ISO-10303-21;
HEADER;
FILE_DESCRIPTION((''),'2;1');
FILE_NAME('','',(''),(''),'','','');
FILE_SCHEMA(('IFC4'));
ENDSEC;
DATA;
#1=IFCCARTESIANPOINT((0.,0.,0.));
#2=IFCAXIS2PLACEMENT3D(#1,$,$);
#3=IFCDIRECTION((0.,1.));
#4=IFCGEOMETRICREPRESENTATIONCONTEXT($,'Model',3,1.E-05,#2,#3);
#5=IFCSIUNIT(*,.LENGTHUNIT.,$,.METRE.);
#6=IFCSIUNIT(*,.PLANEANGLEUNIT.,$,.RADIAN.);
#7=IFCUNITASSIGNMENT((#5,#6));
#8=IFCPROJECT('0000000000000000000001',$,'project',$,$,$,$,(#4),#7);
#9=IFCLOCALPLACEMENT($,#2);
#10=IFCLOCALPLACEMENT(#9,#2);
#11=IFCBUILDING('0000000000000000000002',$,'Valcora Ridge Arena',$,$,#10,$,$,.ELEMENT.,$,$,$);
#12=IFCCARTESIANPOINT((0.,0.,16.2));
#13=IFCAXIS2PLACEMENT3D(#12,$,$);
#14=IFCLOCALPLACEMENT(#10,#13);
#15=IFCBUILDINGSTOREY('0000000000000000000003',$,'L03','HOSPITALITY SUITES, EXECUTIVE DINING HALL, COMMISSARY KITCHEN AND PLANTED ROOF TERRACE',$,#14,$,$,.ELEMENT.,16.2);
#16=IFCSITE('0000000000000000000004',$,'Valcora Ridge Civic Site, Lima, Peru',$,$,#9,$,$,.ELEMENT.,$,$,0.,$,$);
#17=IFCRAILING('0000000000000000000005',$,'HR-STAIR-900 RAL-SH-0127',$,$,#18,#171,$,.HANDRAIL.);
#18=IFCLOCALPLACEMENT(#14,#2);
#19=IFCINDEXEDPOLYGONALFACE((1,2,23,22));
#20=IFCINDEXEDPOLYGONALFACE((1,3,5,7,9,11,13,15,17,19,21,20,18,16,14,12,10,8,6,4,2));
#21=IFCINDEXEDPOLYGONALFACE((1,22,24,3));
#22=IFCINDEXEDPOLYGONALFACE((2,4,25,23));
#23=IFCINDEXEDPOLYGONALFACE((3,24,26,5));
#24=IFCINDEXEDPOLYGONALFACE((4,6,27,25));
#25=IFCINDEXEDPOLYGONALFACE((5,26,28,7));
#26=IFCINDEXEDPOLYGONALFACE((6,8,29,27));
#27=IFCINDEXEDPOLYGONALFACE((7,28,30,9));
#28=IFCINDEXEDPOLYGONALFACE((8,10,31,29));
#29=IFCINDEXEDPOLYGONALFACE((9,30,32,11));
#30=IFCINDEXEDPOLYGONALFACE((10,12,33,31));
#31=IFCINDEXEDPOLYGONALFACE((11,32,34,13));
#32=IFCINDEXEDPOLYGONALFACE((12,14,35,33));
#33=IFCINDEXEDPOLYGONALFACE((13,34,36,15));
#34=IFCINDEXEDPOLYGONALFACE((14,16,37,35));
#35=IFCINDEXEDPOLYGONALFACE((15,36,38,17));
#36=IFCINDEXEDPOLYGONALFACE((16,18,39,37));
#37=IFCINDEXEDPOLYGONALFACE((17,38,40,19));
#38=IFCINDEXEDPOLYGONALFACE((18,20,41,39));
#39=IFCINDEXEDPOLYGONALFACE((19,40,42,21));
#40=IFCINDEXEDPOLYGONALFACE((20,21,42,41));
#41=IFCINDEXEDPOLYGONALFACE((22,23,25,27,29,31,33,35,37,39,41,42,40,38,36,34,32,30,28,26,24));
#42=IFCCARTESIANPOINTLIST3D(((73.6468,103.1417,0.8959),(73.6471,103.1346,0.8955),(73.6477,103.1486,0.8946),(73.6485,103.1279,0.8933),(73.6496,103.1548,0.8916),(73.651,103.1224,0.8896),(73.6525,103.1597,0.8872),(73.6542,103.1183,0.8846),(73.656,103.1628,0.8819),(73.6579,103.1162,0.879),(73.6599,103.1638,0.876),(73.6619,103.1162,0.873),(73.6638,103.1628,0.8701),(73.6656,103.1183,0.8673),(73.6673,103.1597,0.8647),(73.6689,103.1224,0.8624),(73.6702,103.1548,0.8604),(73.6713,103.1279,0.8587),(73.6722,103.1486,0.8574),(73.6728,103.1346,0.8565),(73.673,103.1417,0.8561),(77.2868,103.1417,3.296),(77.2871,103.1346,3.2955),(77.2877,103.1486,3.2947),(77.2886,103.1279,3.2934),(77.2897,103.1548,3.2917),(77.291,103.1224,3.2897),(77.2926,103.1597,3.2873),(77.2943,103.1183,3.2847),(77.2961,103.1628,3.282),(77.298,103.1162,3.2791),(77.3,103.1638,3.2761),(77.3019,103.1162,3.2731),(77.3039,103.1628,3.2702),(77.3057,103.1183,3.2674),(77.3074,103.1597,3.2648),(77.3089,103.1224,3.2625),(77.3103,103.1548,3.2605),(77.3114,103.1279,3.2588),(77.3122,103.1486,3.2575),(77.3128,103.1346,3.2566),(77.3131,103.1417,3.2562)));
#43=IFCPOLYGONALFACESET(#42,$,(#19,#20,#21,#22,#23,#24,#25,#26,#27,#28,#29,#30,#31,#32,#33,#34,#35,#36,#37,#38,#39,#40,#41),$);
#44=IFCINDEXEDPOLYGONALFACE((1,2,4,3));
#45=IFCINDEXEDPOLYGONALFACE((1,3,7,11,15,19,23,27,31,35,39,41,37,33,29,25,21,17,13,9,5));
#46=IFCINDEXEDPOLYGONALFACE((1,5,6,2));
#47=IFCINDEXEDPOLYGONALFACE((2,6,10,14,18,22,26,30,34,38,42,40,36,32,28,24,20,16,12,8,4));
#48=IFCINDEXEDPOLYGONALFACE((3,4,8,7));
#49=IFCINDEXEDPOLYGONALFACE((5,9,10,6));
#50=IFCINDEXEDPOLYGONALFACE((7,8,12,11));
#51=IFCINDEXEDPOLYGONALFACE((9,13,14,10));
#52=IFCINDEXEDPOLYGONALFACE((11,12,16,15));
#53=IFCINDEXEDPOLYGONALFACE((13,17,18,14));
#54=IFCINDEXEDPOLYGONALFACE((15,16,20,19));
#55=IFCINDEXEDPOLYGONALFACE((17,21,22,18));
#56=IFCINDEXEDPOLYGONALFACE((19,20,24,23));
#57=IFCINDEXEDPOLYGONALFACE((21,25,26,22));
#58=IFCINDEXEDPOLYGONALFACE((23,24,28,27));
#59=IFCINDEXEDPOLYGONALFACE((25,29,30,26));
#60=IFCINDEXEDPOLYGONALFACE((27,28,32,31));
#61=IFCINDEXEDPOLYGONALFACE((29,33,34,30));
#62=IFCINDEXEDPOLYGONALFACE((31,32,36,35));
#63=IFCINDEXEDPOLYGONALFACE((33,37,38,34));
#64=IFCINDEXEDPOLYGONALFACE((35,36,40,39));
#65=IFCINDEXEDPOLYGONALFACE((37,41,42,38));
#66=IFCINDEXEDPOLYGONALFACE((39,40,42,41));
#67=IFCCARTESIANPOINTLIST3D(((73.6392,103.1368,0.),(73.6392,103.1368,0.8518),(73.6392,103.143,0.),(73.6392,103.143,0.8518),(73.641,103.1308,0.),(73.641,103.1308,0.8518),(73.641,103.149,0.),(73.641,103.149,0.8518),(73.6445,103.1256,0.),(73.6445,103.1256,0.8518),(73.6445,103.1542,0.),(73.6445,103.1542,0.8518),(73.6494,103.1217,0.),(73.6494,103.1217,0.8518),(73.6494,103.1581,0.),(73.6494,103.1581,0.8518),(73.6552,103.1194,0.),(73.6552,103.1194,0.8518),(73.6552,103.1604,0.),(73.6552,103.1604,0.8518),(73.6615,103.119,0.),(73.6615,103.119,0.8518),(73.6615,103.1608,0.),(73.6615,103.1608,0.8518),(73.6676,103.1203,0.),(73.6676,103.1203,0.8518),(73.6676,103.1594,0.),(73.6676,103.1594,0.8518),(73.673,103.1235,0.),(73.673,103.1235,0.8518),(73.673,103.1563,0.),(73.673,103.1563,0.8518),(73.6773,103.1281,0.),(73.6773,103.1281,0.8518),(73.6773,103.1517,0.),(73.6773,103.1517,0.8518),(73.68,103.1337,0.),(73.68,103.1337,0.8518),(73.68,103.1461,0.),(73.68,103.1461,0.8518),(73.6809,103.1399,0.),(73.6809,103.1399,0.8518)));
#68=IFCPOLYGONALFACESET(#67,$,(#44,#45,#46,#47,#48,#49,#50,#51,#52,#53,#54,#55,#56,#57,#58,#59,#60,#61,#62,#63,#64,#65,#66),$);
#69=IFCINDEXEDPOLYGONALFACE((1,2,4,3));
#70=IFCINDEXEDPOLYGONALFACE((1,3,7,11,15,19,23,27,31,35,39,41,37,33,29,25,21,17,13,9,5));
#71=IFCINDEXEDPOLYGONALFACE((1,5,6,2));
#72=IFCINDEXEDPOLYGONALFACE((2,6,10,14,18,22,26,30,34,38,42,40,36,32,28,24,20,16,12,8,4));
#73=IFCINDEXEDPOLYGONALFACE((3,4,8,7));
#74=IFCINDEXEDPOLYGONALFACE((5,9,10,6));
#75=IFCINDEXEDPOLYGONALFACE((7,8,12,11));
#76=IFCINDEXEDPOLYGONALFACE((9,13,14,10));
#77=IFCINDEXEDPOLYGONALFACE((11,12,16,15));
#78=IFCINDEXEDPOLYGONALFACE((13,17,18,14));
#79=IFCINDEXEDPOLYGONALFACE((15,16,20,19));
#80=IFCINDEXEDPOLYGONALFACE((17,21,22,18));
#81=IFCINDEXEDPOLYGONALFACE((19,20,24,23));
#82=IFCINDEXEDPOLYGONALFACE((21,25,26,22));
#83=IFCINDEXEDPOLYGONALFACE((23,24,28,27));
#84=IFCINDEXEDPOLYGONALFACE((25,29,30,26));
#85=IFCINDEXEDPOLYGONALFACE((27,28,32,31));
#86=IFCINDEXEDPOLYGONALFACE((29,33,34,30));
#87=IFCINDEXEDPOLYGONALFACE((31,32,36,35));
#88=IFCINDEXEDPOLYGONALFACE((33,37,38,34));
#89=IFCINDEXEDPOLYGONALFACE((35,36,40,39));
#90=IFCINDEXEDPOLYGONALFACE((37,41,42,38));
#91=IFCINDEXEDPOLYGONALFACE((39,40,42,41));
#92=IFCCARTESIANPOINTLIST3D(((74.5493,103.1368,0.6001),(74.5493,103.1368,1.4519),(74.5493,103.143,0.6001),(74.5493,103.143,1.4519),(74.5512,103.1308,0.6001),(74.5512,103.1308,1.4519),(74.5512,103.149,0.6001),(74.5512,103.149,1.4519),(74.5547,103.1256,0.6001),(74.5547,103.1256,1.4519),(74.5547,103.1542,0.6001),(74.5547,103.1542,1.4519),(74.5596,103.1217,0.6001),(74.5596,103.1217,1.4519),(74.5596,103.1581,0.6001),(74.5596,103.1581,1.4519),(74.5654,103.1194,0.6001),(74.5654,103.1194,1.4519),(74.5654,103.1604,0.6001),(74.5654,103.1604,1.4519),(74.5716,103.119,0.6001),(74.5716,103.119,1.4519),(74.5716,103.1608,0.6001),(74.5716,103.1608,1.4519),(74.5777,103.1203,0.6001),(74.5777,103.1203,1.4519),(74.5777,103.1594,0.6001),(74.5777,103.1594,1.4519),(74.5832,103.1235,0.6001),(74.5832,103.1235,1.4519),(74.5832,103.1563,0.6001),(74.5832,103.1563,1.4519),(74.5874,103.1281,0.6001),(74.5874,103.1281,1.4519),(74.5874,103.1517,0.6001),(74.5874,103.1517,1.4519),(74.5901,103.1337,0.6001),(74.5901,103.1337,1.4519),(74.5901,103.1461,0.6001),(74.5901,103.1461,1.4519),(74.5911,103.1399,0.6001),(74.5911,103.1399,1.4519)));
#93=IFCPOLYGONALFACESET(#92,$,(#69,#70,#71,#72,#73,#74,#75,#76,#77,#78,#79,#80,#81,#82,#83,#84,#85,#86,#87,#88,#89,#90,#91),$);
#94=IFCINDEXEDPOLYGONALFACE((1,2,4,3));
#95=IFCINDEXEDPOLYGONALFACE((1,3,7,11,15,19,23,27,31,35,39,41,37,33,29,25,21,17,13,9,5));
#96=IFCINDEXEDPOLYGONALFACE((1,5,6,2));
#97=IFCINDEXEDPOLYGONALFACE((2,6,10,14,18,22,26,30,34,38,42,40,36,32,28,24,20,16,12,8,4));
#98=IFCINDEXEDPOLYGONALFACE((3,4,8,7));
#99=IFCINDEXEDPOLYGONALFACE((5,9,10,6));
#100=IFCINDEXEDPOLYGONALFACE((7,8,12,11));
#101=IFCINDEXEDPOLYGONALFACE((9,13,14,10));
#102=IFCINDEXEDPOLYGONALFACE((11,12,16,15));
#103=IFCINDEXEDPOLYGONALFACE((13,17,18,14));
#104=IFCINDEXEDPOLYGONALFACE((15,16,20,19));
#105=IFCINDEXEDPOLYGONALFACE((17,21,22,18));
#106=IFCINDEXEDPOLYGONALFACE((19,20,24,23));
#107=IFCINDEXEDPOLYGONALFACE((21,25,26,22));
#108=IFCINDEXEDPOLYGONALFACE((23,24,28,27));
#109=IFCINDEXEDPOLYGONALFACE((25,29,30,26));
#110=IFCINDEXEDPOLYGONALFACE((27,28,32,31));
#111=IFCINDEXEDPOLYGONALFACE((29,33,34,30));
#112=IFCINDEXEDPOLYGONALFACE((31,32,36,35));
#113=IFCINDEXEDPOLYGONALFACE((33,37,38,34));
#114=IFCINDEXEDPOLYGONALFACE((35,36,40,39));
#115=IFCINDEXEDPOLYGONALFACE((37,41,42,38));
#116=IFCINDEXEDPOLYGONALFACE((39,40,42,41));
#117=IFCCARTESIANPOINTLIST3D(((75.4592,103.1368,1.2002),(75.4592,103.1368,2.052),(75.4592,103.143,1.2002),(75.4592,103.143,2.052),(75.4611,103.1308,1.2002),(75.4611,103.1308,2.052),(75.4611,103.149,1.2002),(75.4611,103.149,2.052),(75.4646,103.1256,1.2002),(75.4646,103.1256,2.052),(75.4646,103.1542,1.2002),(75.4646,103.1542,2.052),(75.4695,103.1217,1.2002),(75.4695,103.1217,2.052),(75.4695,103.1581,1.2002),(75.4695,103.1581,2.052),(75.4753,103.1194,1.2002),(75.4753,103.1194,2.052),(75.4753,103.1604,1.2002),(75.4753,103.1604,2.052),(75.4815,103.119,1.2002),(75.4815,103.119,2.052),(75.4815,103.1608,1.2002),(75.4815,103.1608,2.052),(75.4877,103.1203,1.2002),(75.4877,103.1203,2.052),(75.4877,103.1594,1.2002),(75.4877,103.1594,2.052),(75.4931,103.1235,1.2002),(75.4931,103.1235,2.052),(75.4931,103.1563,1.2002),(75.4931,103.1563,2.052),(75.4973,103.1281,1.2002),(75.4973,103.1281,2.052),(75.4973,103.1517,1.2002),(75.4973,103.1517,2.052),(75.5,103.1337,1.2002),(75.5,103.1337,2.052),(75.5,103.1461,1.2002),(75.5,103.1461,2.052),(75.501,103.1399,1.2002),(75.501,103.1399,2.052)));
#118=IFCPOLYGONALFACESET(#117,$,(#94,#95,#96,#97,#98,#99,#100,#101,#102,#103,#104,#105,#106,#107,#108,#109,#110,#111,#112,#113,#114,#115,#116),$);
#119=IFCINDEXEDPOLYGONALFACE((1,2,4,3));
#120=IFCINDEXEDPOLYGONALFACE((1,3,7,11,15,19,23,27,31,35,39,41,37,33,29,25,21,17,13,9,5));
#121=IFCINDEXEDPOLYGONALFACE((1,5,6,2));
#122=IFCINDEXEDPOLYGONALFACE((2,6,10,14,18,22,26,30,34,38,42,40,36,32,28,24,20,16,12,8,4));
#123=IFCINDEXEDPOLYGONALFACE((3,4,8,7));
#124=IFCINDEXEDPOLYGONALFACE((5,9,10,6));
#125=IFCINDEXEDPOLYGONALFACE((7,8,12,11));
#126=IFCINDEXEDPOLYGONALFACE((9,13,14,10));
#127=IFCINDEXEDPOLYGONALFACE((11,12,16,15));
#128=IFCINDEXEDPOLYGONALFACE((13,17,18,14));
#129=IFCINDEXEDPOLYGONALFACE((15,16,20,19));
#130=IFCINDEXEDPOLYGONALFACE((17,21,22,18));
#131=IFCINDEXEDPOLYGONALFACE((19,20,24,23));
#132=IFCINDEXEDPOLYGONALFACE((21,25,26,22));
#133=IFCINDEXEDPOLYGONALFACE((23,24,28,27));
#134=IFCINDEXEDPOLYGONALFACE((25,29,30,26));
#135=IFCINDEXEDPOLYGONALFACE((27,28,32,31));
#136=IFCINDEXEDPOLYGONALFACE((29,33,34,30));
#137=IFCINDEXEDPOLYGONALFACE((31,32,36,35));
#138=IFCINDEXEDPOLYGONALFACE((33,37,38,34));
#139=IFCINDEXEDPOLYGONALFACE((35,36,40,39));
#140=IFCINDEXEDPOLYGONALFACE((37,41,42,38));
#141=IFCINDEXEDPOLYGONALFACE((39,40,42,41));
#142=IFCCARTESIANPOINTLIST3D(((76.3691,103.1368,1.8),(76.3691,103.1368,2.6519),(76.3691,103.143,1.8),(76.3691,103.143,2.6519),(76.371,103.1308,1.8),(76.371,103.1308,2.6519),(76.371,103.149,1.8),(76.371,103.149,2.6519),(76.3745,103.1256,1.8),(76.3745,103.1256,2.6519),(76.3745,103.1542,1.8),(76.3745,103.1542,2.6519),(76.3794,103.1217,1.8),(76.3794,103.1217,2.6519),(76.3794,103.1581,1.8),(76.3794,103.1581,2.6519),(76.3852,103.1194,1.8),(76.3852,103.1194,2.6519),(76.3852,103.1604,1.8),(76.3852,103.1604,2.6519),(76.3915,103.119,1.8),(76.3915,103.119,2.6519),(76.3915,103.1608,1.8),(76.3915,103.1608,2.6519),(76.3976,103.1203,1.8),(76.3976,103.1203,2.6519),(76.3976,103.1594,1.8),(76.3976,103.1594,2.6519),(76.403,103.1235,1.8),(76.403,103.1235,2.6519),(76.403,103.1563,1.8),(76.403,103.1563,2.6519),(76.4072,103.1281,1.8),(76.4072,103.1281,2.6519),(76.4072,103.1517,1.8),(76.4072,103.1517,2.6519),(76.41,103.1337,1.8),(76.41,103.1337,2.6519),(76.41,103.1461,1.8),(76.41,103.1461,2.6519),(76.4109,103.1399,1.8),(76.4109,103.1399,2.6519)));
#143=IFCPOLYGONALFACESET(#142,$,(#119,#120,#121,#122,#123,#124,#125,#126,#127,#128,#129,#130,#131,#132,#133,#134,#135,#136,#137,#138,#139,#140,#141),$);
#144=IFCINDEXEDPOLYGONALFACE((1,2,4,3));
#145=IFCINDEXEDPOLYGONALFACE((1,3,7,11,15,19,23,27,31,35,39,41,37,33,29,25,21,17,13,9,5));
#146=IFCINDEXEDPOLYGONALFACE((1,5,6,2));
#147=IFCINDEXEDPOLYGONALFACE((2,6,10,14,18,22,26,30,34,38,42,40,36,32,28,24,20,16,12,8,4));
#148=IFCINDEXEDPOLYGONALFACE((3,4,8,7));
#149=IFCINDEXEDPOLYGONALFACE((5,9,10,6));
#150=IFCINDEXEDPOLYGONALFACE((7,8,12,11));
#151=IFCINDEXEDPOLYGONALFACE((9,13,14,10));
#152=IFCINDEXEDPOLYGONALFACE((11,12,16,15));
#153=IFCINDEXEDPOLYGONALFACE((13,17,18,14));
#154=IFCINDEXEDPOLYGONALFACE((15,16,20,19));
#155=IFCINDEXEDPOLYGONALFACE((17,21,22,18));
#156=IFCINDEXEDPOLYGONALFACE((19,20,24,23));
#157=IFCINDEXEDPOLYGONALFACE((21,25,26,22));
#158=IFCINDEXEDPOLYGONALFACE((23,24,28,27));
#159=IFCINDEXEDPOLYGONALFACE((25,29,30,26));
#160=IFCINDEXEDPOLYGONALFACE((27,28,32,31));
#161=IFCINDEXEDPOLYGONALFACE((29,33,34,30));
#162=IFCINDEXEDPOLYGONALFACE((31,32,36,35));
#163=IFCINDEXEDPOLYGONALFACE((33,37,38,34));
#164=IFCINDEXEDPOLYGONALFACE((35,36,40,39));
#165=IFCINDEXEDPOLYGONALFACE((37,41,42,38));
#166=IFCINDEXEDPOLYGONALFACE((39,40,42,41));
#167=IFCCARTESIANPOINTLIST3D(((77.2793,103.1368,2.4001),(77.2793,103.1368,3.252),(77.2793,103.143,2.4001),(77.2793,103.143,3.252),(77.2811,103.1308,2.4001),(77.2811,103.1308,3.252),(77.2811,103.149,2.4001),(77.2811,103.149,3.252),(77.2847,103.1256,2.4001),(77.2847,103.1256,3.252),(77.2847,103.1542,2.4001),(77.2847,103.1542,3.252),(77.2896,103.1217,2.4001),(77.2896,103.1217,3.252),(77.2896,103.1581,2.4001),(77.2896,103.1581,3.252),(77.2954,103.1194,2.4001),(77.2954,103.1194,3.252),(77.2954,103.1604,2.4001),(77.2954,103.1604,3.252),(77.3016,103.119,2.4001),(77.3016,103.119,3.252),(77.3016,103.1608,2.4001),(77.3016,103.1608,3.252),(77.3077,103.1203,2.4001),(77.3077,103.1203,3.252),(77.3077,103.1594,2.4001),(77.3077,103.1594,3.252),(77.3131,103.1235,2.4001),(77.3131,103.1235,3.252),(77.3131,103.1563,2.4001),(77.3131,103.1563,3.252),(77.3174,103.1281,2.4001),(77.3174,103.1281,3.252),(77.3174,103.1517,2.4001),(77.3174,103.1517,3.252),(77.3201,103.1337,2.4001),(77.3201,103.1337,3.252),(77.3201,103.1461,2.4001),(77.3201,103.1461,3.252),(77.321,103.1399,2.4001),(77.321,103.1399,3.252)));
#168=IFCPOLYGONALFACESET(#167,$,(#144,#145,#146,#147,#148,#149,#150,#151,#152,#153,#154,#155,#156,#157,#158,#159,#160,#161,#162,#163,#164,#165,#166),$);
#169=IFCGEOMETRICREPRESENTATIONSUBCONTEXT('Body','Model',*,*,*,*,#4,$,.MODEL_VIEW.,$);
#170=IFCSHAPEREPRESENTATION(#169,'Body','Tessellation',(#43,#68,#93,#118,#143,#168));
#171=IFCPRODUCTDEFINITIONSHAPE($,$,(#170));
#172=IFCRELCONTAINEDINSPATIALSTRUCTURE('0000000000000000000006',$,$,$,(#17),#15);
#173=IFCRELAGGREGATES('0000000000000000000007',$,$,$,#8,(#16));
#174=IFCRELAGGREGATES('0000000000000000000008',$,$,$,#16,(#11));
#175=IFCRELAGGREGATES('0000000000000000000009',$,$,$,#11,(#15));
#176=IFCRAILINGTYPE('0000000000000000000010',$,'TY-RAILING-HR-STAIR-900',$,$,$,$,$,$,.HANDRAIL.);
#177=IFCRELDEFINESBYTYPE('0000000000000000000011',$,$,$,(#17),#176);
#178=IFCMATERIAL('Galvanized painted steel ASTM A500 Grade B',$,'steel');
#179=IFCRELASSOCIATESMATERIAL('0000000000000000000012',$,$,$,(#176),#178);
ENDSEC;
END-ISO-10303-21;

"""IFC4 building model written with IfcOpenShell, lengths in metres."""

from ifc_helpers import new_model, si_unit, direction, frame, origin, origin_2d, place, context, subcontext, project, spatial, circle, extrude, material, type_object, element, save


model = new_model("IFC4")

# Units and contexts
model_context = context("Model", 3, precision=1e-05, world=origin(), true_north=direction((0.0, 1.0)))
body_context = subcontext(model_context, "Body", "Model", "MODEL_VIEW")
ifc_project = project(units=[si_unit("LENGTHUNIT", "METRE"), si_unit("PLANEANGLEUNIT", "RADIAN")], contexts=[model_context])

# Site, building, storey
site_placement = place(None, origin())
site = spatial("IfcSite", under=ifc_project, at=site_placement, Name="Valcora Ridge Civic Site, Lima, Peru", CompositionType="ELEMENT", RefElevation=0.0)
building_placement = place(site_placement, origin())
building = spatial("IfcBuilding", under=site, at=building_placement, Name="Valcora Ridge Arena", CompositionType="ELEMENT")
storey_placement = place(building_placement, frame((0.0, 0.0, 16.2)))
storey = spatial("IfcBuildingStorey", under=building, at=storey_placement, Name="L03", Description="HOSPITALITY SUITES, EXECUTIVE DINING HALL, COMMISSARY KITCHEN AND PLANTED ROOF TERRACE", CompositionType="ELEMENT", Elevation=16.2)

# Railing
ifc_material_1 = material(Name="Galvanized painted steel ASTM A500 Grade B", Category="steel")
railing_type_1 = type_object("IfcRailingType", Name="TY-RAILING-HR-STAIR-900", PredefinedType="HANDRAIL", material=ifc_material_1)
railing_1_placement = place(storey_placement, frame((73.6599, 103.1399, 0.0)))
element("IfcRailing", 1, at=railing_1_placement, inside=storey, type_object=railing_type_1, Name="HR-STAIR-900 RAL-SH-0127", PredefinedType="HANDRAIL", context=body_context, shape_type="SweptSolid", body=[
    extrude(circle(Radius=0.0239, at=origin_2d()), frame((0.0, 0.0, 0.876), z_axis=(0.834856, 0.0, 0.550468), x_axis=(0.0, 1.0, 0.0)), (0.0, 0.0, 1.0), 4.3601),
    extrude(circle(Radius=0.021, at=origin_2d()), origin(), (0.0, 0.0, 1.0), 0.8518),
    extrude(circle(Radius=0.021, at=origin_2d()), frame((0.9102, 0.0, 0.6001)), (0.0, 0.0, 1.0), 0.8518),
    extrude(circle(Radius=0.021, at=origin_2d()), frame((1.8201, 0.0, 1.2002)), (0.0, 0.0, 1.0), 0.8518),
    extrude(circle(Radius=0.021, at=origin_2d()), frame((2.73, 0.0, 1.8)), (0.0, 0.0, 1.0), 0.8518),
    extrude(circle(Radius=0.021, at=origin_2d()), frame((3.6401, 0.0, 2.4001)), (0.0, 0.0, 1.0), 0.8518),
])

save(model, "model.ifc")
